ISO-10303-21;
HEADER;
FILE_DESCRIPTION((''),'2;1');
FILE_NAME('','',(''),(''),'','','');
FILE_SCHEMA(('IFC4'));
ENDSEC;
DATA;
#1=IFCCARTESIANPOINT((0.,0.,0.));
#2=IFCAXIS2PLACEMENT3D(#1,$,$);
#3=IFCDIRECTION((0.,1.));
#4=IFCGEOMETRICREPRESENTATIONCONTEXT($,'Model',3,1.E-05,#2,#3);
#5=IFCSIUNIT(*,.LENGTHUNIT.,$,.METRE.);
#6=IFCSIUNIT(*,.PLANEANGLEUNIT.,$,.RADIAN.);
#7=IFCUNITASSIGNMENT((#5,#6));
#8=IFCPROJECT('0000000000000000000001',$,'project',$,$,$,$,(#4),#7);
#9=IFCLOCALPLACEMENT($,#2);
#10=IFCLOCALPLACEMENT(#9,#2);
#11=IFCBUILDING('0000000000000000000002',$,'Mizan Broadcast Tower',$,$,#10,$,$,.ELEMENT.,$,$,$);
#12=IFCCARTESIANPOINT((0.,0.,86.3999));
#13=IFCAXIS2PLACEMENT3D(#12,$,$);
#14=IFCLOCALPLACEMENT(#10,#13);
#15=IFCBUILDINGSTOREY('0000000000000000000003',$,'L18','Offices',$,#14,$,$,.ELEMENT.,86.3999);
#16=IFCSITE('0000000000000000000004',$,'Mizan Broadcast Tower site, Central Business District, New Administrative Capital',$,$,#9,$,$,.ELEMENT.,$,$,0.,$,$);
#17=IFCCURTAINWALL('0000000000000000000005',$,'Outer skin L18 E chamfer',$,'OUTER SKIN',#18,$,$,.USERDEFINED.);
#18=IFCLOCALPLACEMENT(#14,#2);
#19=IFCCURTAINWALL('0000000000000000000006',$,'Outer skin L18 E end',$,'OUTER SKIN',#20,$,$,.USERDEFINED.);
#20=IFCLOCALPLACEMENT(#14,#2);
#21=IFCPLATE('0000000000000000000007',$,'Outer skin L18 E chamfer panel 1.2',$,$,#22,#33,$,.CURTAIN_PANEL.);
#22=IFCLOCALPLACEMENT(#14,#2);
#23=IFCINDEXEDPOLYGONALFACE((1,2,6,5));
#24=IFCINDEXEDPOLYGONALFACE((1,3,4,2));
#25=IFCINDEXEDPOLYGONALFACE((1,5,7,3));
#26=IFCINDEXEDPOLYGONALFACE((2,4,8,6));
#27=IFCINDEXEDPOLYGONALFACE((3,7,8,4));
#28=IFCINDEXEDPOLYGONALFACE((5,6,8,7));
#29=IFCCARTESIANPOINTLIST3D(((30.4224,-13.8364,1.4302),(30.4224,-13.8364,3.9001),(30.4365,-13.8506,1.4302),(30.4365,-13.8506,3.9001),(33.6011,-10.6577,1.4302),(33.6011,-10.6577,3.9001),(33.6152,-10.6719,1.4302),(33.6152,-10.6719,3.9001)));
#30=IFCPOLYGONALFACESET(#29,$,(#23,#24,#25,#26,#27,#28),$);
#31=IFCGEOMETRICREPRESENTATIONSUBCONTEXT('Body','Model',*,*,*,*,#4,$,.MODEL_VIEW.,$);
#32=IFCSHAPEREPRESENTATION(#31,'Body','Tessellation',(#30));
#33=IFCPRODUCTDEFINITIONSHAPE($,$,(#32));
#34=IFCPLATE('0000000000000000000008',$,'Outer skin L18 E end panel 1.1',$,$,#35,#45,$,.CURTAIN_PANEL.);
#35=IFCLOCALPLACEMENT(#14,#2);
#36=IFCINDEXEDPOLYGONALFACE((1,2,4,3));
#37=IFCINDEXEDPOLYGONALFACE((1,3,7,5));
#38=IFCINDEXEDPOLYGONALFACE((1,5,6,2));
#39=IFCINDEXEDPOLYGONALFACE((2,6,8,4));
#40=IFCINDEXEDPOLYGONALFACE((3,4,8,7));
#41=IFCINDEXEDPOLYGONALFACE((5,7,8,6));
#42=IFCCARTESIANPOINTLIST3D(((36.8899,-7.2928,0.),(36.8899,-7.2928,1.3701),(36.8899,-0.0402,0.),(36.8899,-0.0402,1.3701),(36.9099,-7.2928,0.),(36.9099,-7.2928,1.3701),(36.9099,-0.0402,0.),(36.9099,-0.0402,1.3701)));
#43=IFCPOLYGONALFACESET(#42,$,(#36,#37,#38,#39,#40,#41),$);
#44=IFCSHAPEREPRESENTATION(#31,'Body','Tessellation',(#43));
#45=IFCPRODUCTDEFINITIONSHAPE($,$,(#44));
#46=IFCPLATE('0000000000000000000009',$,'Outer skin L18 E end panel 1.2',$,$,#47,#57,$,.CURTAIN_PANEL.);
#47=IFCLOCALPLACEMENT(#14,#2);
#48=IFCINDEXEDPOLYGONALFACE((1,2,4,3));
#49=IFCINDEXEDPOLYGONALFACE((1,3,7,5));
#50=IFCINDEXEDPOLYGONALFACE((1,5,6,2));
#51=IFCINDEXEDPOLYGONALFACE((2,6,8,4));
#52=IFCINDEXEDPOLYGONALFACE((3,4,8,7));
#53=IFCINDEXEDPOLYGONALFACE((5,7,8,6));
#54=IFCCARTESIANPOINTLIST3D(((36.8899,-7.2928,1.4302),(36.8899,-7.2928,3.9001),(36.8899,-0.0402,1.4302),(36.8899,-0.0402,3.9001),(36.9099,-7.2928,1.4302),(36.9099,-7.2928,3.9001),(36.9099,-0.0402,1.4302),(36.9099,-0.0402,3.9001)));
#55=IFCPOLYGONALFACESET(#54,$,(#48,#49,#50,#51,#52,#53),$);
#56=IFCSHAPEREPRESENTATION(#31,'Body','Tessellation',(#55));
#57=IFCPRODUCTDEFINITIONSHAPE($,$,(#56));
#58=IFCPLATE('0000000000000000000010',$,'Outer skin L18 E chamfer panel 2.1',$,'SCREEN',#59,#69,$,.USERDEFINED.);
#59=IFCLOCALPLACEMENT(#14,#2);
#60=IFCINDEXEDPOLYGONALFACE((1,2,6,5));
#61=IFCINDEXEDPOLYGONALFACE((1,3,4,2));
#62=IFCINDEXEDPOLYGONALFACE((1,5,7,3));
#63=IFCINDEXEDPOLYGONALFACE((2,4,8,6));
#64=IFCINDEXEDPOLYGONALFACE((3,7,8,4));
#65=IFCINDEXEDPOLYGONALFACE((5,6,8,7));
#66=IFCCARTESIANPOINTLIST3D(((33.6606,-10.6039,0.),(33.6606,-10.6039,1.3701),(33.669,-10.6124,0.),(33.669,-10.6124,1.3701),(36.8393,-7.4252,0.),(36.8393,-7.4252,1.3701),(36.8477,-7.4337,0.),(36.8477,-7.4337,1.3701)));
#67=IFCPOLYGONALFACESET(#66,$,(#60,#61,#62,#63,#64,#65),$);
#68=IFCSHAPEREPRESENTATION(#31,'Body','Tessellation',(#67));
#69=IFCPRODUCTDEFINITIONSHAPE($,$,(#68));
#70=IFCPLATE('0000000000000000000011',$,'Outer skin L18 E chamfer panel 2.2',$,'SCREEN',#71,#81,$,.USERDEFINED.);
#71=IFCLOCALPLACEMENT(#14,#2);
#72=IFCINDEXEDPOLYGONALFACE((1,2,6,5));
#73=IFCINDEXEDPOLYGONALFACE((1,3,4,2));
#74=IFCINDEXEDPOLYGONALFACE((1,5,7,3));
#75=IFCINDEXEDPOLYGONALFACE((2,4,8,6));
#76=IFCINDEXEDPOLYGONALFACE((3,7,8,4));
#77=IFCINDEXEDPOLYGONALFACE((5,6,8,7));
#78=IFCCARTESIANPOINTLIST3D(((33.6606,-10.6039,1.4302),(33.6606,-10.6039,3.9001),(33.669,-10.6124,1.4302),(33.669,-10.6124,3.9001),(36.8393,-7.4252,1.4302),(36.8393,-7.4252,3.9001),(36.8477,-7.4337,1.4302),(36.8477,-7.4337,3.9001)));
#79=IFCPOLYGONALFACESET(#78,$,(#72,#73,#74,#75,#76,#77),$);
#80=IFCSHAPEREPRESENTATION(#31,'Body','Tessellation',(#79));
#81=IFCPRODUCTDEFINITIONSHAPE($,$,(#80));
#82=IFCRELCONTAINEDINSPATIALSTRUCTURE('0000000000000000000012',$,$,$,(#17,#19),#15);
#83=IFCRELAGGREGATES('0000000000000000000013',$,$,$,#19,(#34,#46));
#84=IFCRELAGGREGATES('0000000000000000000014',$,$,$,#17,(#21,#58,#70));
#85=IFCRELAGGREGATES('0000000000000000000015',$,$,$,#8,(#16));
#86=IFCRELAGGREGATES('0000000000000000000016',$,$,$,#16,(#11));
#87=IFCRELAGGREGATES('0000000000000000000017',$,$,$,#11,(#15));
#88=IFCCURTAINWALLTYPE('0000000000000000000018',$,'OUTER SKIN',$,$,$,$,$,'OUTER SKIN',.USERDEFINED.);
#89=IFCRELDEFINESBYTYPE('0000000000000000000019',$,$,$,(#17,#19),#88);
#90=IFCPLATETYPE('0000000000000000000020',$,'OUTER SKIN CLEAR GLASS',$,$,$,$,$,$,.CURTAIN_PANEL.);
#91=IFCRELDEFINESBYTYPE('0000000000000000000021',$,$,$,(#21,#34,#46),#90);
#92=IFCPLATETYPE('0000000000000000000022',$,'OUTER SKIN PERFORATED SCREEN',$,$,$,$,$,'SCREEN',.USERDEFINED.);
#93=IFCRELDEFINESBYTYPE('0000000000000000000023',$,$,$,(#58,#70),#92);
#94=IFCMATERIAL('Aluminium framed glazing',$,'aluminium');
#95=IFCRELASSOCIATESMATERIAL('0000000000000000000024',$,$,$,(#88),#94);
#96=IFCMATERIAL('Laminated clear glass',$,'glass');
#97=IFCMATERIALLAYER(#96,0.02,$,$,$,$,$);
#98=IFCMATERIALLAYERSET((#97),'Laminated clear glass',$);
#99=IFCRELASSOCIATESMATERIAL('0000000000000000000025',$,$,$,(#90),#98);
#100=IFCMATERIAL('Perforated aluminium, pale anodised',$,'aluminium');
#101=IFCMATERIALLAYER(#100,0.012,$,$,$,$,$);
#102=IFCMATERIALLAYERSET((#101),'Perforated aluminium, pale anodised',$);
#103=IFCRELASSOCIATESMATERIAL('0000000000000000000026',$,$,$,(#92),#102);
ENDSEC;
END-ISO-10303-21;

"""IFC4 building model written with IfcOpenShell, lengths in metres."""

from ifc_helpers import new_model, si_unit, direction, frame, origin, origin_2d, place, context, subcontext, project, spatial, rectangle, extrude, material, layer, layer_set, type_object, element, aggregate, save


model = new_model("IFC4")

# Units and contexts
model_context = context("Model", 3, precision=1e-05, world=origin(), true_north=direction((0.0, 1.0)))
body_context = subcontext(model_context, "Body", "Model", "MODEL_VIEW")
ifc_project = project(units=[si_unit("LENGTHUNIT", "METRE"), si_unit("PLANEANGLEUNIT", "RADIAN")], contexts=[model_context])

# Site, building, storey
site_placement = place(None, origin())
site = spatial("IfcSite", under=ifc_project, at=site_placement, Name="Mizan Broadcast Tower site, Central Business District, New Administrative Capital", CompositionType="ELEMENT", RefElevation=0.0)
building_placement = place(site_placement, origin())
building = spatial("IfcBuilding", under=site, at=building_placement, Name="Mizan Broadcast Tower", CompositionType="ELEMENT")
storey_placement = place(building_placement, frame((0.0, 0.0, 86.3999)))
storey = spatial("IfcBuildingStorey", under=building, at=storey_placement, Name="L18", Description="Offices", CompositionType="ELEMENT", Elevation=86.3999)

# Curtain wall
ifc_material_1 = material(Name="Aluminium framed glazing", Category="aluminium")
curtain_wall_type_1 = type_object("IfcCurtainWallType", Name="OUTER SKIN", ElementType="OUTER SKIN", PredefinedType="USERDEFINED", material=ifc_material_1)
curtain_wall_1_placement = place(storey_placement, origin())
curtain_wall_1 = element("IfcCurtainWall", 1, at=curtain_wall_1_placement, inside=storey, type_object=curtain_wall_type_1, Name="Outer skin L18 E chamfer", ObjectType="OUTER SKIN", PredefinedType="USERDEFINED")

# Curtain wall
curtain_wall_2_placement = place(storey_placement, origin())
curtain_wall_2 = element("IfcCurtainWall", 2, at=curtain_wall_2_placement, inside=storey, type_object=curtain_wall_type_1, Name="Outer skin L18 E end", ObjectType="OUTER SKIN", PredefinedType="USERDEFINED")

# Plates
ifc_material_2 = material(Name="Laminated clear glass", Category="glass")
ifc_layer_1 = layer(ifc_material_2, 0.02)
ifc_layer_set_1 = layer_set([ifc_layer_1], Name="Laminated clear glass")
plate_type_1 = type_object("IfcPlateType", Name="OUTER SKIN CLEAR GLASS", PredefinedType="CURTAIN_PANEL", material=ifc_layer_set_1)
plate_1_placement = place(storey_placement, frame((32.0188, -12.2542, 1.4302), z_axis=(0.0, 0.0, 1.0), x_axis=(0.707107, 0.707107, 0.0)))
plate_1 = element("IfcPlate", 3, at=plate_1_placement, type_object=plate_type_1, Name="Outer skin L18 E chamfer panel 1.2", PredefinedType="CURTAIN_PANEL", context=body_context, shape_type="SweptSolid", body=[
    extrude(rectangle(XDim=4.4954, YDim=0.02, at=origin_2d()), origin(), (0.0, 0.0, 1.0), 2.47),
])
plate_2_placement = place(storey_placement, frame((36.8999, -3.6665, 0.0), z_axis=(0.0, 0.0, 1.0), x_axis=(0.0, 1.0, 0.0)))
plate_2 = element("IfcPlate", 4, at=plate_2_placement, type_object=plate_type_1, Name="Outer skin L18 E end panel 1.1", PredefinedType="CURTAIN_PANEL", context=body_context, shape_type="SweptSolid", body=[
    extrude(rectangle(XDim=7.2527, YDim=0.02, at=origin_2d()), origin(), (0.0, 0.0, 1.0), 1.3701),
])
plate_3_placement = place(storey_placement, frame((36.8999, -3.6665, 1.4302), z_axis=(0.0, 0.0, 1.0), x_axis=(0.0, 1.0, 0.0)))
plate_3 = element("IfcPlate", 5, at=plate_3_placement, type_object=plate_type_1, Name="Outer skin L18 E end panel 1.2", PredefinedType="CURTAIN_PANEL", context=body_context, shape_type="SweptSolid", body=[
    extrude(rectangle(XDim=7.2527, YDim=0.02, at=origin_2d()), origin(), (0.0, 0.0, 1.0), 2.47),
])
aggregate(curtain_wall_2, [plate_2, plate_3])
ifc_material_3 = material(Name="Perforated aluminium, pale anodised", Category="aluminium")
ifc_layer_2 = layer(ifc_material_3, 0.012)
ifc_layer_set_2 = layer_set([ifc_layer_2], Name="Perforated aluminium, pale anodised")
plate_type_2 = type_object("IfcPlateType", Name="OUTER SKIN PERFORATED SCREEN", ElementType="SCREEN", PredefinedType="USERDEFINED", material=ifc_layer_set_2)
plate_4_placement = place(storey_placement, frame((35.2542, -9.0188, 0.0), z_axis=(0.0, 0.0, 1.0), x_axis=(0.707107, 0.707107, 0.0)))
plate_4 = element("IfcPlate", 6, at=plate_4_placement, type_object=plate_type_2, Name="Outer skin L18 E chamfer panel 2.1", ObjectType="SCREEN", PredefinedType="USERDEFINED", context=body_context, shape_type="SweptSolid", body=[
    extrude(rectangle(XDim=4.4954, YDim=0.012, at=origin_2d()), origin(), (0.0, 0.0, 1.0), 1.3701),
])
plate_5_placement = place(storey_placement, frame((35.2542, -9.0188, 1.4302), z_axis=(0.0, 0.0, 1.0), x_axis=(0.707107, 0.707107, 0.0)))
plate_5 = element("IfcPlate", 7, at=plate_5_placement, type_object=plate_type_2, Name="Outer skin L18 E chamfer panel 2.2", ObjectType="SCREEN", PredefinedType="USERDEFINED", context=body_context, shape_type="SweptSolid", body=[
    extrude(rectangle(XDim=4.4954, YDim=0.012, at=origin_2d()), origin(), (0.0, 0.0, 1.0), 2.47),
])
aggregate(curtain_wall_1, [plate_1, plate_4, plate_5])

save(model, "model.ifc")
